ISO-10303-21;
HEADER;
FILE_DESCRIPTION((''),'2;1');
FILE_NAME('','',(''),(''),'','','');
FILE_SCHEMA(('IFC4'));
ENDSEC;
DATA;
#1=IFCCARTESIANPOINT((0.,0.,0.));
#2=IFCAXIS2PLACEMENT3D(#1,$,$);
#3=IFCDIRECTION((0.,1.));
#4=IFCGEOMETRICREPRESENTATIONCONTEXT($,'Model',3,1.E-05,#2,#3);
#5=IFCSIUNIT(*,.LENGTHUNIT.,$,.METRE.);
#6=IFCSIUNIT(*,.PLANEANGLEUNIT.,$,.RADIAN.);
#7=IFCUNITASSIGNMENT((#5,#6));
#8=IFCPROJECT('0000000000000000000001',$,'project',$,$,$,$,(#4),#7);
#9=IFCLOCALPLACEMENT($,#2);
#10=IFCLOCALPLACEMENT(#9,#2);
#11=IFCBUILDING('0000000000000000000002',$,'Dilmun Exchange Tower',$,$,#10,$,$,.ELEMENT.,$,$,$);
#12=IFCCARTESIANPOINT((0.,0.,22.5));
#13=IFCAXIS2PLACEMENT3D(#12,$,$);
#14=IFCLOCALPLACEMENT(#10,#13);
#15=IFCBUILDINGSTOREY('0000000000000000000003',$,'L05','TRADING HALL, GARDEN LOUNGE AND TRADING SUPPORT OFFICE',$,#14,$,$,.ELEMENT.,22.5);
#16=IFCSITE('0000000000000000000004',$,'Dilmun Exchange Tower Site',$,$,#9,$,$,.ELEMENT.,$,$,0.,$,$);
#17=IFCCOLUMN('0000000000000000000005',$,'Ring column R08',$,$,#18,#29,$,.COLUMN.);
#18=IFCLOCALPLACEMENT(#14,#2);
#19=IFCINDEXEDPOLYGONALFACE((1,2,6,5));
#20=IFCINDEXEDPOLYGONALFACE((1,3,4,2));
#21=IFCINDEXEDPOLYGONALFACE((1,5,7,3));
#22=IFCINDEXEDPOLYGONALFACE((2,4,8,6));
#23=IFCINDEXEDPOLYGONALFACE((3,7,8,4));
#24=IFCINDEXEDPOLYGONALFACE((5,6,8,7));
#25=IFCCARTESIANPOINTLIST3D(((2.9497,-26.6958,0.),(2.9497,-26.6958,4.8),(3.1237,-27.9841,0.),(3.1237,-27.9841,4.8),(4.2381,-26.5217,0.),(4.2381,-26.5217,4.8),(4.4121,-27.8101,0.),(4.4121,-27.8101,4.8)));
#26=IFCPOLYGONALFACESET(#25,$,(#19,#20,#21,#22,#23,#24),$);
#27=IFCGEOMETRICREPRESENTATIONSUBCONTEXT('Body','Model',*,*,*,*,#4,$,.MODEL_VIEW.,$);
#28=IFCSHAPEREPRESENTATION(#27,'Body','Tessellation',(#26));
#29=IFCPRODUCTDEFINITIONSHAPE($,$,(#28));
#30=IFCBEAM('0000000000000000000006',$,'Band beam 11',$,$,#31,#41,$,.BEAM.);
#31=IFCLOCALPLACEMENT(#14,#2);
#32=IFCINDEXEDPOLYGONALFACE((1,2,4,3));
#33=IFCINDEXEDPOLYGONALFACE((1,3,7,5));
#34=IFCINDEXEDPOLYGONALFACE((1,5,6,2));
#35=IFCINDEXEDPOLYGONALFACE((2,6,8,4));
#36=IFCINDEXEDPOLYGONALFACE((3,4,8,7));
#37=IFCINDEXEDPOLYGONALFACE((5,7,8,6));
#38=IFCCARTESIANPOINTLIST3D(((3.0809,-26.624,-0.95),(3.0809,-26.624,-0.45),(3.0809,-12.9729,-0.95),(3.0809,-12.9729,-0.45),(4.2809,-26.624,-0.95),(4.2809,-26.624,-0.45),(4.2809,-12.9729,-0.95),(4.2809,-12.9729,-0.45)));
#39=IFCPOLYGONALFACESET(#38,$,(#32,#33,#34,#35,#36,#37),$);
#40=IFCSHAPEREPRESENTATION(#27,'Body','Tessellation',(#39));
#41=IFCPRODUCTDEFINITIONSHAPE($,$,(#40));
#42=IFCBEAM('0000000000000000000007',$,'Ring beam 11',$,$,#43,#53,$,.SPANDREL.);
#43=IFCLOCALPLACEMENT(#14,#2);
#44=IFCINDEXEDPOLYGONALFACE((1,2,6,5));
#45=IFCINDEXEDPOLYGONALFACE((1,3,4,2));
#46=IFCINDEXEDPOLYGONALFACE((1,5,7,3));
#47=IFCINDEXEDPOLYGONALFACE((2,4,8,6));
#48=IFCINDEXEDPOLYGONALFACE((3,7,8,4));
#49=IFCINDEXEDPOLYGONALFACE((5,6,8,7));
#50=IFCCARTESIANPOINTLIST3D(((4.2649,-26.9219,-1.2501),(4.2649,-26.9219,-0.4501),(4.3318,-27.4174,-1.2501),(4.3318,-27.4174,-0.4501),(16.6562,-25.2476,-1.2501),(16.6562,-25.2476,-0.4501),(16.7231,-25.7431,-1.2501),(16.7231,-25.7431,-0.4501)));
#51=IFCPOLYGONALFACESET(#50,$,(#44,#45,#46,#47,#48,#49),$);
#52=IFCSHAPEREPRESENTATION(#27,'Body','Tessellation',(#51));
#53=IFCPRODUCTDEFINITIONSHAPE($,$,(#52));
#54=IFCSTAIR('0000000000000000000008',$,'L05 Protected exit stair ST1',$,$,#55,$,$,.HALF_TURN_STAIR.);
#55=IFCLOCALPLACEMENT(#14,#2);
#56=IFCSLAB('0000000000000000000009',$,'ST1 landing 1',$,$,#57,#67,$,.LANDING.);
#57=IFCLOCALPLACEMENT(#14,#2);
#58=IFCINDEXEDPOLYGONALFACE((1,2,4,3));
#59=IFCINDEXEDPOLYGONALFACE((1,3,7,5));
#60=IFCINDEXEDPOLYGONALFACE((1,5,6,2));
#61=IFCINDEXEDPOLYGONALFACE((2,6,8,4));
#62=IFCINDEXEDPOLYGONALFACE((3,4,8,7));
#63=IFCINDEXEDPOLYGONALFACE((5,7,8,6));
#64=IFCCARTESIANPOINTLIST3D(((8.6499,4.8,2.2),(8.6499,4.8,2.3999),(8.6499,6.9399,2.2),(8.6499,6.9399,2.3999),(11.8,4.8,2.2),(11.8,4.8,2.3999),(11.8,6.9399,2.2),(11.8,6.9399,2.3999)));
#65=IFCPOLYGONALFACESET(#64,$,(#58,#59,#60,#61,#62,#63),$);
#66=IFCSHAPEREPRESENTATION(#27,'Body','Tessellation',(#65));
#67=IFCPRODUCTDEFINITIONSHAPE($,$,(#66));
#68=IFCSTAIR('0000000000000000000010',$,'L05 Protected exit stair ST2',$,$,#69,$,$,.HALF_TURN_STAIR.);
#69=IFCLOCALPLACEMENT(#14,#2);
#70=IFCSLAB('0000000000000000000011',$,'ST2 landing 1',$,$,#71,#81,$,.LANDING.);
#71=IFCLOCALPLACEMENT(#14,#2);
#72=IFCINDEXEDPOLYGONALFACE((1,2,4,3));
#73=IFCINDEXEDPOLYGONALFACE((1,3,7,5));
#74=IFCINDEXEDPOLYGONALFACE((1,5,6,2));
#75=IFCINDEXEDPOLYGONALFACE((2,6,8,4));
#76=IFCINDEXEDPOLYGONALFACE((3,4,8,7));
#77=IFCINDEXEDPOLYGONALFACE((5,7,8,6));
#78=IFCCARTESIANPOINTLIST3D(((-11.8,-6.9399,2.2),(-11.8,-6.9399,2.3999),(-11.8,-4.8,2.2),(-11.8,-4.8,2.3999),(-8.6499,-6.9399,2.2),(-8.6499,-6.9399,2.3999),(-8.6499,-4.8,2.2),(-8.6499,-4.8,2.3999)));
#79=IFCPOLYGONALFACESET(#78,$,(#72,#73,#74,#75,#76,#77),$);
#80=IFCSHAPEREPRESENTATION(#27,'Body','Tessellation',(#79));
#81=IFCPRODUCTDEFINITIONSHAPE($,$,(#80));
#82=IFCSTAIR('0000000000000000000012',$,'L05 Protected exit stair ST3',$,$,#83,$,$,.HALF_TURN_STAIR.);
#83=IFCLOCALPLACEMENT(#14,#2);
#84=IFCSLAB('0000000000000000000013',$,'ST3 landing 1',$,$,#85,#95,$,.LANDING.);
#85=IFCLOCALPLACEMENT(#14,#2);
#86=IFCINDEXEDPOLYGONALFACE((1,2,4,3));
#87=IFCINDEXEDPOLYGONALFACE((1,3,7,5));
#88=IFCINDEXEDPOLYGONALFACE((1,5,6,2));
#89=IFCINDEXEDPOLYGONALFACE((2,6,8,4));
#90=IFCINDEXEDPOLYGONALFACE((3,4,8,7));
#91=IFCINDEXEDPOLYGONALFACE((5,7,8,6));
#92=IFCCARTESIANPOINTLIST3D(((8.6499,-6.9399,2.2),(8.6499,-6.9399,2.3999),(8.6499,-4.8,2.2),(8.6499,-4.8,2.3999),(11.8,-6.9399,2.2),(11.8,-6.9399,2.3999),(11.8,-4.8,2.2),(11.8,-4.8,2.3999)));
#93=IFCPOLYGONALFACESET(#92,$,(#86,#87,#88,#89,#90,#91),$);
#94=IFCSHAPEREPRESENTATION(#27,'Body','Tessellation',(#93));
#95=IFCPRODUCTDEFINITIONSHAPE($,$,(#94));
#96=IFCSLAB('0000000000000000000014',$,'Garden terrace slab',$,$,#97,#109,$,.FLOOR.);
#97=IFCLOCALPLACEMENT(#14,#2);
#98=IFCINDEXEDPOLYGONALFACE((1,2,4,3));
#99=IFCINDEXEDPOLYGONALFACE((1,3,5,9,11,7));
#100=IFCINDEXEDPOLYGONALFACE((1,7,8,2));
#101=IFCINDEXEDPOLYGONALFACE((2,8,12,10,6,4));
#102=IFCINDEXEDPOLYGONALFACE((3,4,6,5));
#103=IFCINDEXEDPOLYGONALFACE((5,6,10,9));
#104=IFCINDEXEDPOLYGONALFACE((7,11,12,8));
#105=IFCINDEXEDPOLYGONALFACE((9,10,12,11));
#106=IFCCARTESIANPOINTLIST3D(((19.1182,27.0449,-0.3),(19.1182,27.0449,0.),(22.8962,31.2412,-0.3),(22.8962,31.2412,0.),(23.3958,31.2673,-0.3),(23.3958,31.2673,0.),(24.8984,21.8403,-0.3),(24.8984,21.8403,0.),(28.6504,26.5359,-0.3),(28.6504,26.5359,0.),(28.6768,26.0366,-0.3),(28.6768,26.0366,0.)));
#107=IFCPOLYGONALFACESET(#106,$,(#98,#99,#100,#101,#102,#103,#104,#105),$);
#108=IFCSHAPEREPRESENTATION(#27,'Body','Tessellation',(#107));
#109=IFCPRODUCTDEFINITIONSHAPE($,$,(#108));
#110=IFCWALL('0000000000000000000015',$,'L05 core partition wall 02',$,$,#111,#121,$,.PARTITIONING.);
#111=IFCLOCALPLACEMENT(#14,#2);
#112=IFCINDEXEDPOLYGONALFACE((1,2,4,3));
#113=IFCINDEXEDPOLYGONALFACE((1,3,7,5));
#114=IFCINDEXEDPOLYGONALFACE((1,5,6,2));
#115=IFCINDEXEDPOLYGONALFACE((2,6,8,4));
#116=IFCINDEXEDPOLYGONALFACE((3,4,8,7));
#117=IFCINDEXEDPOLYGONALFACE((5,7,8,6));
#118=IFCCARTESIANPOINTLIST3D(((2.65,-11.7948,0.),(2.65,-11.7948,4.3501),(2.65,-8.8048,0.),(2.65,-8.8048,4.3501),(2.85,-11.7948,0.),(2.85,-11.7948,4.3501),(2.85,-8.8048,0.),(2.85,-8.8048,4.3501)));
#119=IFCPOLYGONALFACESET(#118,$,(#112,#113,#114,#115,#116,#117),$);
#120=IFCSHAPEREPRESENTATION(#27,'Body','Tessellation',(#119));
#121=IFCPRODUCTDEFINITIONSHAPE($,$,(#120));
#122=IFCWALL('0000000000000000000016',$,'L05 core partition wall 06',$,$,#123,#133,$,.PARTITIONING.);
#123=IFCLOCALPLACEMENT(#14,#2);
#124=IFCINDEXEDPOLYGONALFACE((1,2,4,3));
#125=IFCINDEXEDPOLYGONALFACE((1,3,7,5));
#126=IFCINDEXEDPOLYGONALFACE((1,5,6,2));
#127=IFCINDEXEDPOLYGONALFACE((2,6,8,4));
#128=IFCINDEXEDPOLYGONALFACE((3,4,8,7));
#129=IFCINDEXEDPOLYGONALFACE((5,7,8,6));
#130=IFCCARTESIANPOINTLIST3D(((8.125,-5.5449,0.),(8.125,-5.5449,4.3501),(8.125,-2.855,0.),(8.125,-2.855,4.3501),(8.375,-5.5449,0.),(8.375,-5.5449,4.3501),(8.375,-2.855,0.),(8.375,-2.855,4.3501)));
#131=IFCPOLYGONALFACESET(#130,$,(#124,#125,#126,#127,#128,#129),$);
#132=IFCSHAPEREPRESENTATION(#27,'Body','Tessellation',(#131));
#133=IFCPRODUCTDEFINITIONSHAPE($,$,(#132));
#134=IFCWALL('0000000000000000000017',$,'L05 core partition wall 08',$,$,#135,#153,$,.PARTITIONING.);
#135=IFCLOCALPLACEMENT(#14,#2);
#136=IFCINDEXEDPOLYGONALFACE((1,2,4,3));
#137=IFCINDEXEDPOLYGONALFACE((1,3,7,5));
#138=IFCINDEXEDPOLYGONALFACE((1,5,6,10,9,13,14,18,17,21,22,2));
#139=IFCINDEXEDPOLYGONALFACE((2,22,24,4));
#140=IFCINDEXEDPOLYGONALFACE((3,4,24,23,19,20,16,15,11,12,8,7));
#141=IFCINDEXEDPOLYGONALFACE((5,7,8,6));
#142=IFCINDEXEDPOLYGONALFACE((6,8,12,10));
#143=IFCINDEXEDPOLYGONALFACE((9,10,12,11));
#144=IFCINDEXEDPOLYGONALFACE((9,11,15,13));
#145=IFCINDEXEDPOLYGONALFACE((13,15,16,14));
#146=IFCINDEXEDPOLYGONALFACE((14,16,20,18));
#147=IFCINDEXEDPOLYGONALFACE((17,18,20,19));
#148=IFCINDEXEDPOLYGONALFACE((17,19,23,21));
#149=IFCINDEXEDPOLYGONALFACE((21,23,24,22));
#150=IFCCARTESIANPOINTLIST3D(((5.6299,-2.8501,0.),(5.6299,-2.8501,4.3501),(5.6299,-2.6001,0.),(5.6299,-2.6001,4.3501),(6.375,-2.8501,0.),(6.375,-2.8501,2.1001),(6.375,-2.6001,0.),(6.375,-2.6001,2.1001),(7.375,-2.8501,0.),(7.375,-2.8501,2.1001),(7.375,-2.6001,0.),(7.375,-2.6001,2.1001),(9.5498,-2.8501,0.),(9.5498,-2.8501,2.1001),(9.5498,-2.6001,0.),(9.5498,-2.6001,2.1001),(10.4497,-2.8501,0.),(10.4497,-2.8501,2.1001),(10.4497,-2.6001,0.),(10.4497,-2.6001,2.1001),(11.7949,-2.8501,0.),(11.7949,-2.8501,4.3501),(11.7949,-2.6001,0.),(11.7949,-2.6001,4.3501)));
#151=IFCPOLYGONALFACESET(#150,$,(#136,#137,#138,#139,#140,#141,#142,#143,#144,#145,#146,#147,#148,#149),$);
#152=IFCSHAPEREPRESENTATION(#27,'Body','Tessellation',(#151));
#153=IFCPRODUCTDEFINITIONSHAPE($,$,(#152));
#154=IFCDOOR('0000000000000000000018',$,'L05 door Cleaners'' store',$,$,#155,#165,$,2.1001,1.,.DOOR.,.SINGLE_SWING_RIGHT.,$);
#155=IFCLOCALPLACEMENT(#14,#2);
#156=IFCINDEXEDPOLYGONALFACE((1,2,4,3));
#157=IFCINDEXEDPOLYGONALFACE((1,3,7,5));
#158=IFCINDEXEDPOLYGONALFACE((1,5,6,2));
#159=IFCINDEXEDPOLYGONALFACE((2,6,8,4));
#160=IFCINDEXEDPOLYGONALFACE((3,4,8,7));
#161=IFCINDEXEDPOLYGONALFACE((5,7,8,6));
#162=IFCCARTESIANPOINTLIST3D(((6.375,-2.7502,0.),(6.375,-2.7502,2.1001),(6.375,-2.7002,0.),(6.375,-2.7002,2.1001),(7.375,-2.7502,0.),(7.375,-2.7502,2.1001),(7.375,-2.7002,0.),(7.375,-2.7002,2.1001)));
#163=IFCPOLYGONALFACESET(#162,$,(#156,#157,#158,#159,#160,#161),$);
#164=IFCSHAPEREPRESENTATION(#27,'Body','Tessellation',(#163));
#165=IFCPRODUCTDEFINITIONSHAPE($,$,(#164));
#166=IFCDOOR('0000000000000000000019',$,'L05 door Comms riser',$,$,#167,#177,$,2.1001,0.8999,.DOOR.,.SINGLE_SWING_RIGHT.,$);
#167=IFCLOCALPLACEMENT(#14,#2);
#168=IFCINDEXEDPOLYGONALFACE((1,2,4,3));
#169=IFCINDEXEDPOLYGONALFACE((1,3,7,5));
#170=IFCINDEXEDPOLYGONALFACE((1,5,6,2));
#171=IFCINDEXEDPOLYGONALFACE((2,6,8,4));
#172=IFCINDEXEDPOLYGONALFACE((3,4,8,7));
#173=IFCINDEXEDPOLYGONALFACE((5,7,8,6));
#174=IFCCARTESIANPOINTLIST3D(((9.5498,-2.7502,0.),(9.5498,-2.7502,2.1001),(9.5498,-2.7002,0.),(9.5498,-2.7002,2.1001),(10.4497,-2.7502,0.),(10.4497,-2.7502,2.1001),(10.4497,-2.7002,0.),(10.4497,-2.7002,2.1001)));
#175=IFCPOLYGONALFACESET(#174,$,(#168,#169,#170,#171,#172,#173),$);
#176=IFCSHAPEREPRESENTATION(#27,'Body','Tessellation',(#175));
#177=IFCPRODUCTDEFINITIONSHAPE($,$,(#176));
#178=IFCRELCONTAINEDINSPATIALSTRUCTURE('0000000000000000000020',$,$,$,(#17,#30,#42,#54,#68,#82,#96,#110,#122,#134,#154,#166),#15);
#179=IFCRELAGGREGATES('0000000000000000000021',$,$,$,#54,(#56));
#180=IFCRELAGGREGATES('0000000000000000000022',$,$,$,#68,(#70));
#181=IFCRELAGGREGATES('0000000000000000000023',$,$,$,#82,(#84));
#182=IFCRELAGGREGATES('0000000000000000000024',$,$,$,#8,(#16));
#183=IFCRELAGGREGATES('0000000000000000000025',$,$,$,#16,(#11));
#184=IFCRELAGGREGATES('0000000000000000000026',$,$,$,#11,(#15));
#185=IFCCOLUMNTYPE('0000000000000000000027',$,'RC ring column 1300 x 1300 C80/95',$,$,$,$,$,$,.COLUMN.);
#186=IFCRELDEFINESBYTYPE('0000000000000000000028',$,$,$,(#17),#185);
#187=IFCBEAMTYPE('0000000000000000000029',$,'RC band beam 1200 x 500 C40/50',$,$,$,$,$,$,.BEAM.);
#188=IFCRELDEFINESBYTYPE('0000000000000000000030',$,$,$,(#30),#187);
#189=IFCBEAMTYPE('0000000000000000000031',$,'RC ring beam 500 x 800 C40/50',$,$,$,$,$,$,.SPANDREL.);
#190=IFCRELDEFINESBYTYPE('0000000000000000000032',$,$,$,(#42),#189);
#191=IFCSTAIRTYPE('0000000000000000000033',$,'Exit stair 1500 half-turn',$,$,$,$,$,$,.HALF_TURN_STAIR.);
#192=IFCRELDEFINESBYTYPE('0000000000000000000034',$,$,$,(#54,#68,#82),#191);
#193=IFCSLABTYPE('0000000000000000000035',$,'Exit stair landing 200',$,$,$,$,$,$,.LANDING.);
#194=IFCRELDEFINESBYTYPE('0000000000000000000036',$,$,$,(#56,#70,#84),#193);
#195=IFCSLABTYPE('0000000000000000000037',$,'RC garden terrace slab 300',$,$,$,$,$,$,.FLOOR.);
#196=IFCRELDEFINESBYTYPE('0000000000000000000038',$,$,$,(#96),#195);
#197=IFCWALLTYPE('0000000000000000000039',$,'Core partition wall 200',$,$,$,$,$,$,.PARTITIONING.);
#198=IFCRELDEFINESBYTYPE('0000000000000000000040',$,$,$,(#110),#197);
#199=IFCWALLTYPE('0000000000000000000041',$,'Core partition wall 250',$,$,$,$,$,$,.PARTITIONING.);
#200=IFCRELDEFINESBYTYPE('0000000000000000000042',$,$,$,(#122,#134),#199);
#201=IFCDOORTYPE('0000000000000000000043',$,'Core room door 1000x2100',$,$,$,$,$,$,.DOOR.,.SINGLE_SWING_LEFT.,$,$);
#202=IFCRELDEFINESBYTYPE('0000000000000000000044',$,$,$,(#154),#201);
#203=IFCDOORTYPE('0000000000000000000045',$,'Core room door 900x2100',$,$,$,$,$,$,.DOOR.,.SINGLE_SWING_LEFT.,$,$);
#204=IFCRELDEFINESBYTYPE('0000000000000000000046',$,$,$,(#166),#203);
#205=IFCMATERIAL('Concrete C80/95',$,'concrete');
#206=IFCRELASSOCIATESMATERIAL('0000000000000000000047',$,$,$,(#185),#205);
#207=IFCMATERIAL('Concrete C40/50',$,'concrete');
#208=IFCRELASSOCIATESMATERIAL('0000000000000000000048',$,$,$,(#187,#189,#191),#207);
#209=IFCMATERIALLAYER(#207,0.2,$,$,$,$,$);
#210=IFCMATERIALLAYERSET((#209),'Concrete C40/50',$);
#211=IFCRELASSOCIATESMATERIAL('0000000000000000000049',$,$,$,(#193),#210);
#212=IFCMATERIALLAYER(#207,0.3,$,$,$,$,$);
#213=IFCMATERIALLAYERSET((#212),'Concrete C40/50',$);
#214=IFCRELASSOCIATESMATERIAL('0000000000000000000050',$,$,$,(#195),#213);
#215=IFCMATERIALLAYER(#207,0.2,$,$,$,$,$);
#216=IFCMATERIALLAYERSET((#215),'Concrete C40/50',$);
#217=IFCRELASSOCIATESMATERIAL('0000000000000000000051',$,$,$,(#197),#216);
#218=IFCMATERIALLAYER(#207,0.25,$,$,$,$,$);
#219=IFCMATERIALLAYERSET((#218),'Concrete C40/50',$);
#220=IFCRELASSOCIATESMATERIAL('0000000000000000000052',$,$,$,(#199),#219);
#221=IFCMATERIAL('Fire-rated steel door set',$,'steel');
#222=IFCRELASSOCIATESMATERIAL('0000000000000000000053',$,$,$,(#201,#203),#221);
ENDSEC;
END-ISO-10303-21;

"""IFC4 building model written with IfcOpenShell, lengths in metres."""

from ifc_helpers import new_model, si_unit, direction, frame, frame_2d, origin, origin_2d, place, context, subcontext, project, spatial, polyline, rectangle, outline, extrude, material, layer, layer_set, material_profile, profile_set, type_object, element, fill, aggregate, save


model = new_model("IFC4")

# Units and contexts
model_context = context("Model", 3, precision=1e-05, world=origin(), true_north=direction((0.0, 1.0)))
body_context = subcontext(model_context, "Body", "Model", "MODEL_VIEW")
ifc_project = project(units=[si_unit("LENGTHUNIT", "METRE"), si_unit("PLANEANGLEUNIT", "RADIAN")], contexts=[model_context])

# Site, building, storey
site_placement = place(None, origin())
site = spatial("IfcSite", under=ifc_project, at=site_placement, Name="Dilmun Exchange Tower Site", CompositionType="ELEMENT", RefElevation=0.0)
building_placement = place(site_placement, origin())
building = spatial("IfcBuilding", under=site, at=building_placement, Name="Dilmun Exchange Tower", CompositionType="ELEMENT")
storey_placement = place(building_placement, frame((0.0, 0.0, 22.5)))
storey = spatial("IfcBuildingStorey", under=building, at=storey_placement, Name="L05", Description="TRADING HALL, GARDEN LOUNGE AND TRADING SUPPORT OFFICE", CompositionType="ELEMENT", Elevation=22.5)

# Column
ifc_material_1 = material(Name="Concrete C80/95", Category="concrete")
ifc_material_profile_1 = material_profile(ifc_material_1, rectangle(XDim=1.3, YDim=1.3, at=origin_2d()), Name="1300 x 1300")
ifc_profile_set_1 = profile_set([ifc_material_profile_1], Name="Concrete C80/95")
column_type = type_object("IfcColumnType", Name="RC ring column 1300 x 1300 C80/95", PredefinedType="COLUMN", material=ifc_profile_set_1)
column_placement = place(storey_placement, frame((3.6809, -27.2529, 0.0), z_axis=(0.0, 0.0, 1.0), x_axis=(0.991001, 0.133853, 0.0)))
element("IfcColumn", 1, at=column_placement, inside=storey, type_object=column_type, Name="Ring column R08", PredefinedType="COLUMN", context=body_context, shape_type="SweptSolid", body=[
    extrude(rectangle(XDim=1.3, YDim=1.3, at=origin_2d()), origin(), (0.0, 0.0, 1.0), 4.8),
])

# Beams
ifc_material_2 = material(Name="Concrete C40/50", Category="concrete")
ifc_material_profile_2 = material_profile(ifc_material_2, rectangle(XDim=1.2, YDim=0.5, at=origin_2d()), Name="1200 x 500")
ifc_profile_set_2 = profile_set([ifc_material_profile_2], Name="Concrete C40/50")
beam_type_1 = type_object("IfcBeamType", Name="RC band beam 1200 x 500 C40/50", PredefinedType="BEAM", material=ifc_profile_set_2)
beam_1_placement = place(storey_placement, frame((3.6809, -26.624, -0.7), z_axis=(0.0, 1.0, 0.0), x_axis=(-1.0, 0.0, 0.0)))
element("IfcBeam", 2, at=beam_1_placement, inside=storey, type_object=beam_type_1, Name="Band beam 11", PredefinedType="BEAM", context=body_context, shape_type="SweptSolid", body=[
    extrude(rectangle(XDim=1.2, YDim=0.5, at=origin_2d()), origin(), (0.0, 0.0, 1.0), 13.6511),
])
ifc_material_profile_3 = material_profile(ifc_material_2, rectangle(XDim=0.5, YDim=0.8, at=origin_2d()), Name="500 x 800")
ifc_profile_set_3 = profile_set([ifc_material_profile_3], Name="Concrete C40/50")
beam_type_2 = type_object("IfcBeamType", Name="RC ring beam 500 x 800 C40/50", PredefinedType="SPANDREL", material=ifc_profile_set_3)
beam_2_placement = place(storey_placement, frame((4.2983, -27.1697, -0.8501), z_axis=(0.990994, 0.133903, 0.0), x_axis=(-0.133903, 0.990994, 0.0)))
element("IfcBeam", 3, at=beam_2_placement, inside=storey, type_object=beam_type_2, Name="Ring beam 11", PredefinedType="SPANDREL", context=body_context, shape_type="SweptSolid", body=[
    extrude(rectangle(XDim=0.5, YDim=0.8, at=origin_2d()), origin(), (0.0, 0.0, 1.0), 12.5039),
])

# Stairs, slabs
stair_type = type_object("IfcStairType", Name="Exit stair 1500 half-turn", PredefinedType="HALF_TURN_STAIR", material=ifc_material_2)
stair_1_placement = place(storey_placement, origin())
stair_1 = element("IfcStair", 4, at=stair_1_placement, inside=storey, type_object=stair_type, Name="L05 Protected exit stair ST1", PredefinedType="HALF_TURN_STAIR")
ifc_layer_1 = layer(ifc_material_2, 0.2)
ifc_layer_set_1 = layer_set([ifc_layer_1], Name="Concrete C40/50")
slab_type_1 = type_object("IfcSlabType", Name="Exit stair landing 200", PredefinedType="LANDING", material=ifc_layer_set_1)
slab_1_placement = place(storey_placement, frame((0.0, 0.0, 2.2)))
slab_1 = element("IfcSlab", 5, at=slab_1_placement, type_object=slab_type_1, Name="ST1 landing 1", PredefinedType="LANDING", context=body_context, shape_type="SweptSolid", body=[
    extrude(outline(polyline([(8.6499, 6.9399), (8.6499, 4.8), (11.8, 4.8), (11.8, 6.9399), (8.6499, 6.9399)])), origin(), (0.0, 0.0, 1.0), 0.2),
])
aggregate(stair_1, [slab_1])
stair_2_placement = place(storey_placement, origin())
stair_2 = element("IfcStair", 6, at=stair_2_placement, inside=storey, type_object=stair_type, Name="L05 Protected exit stair ST2", PredefinedType="HALF_TURN_STAIR")
slab_2_placement = place(storey_placement, frame((0.0, 0.0, 2.2)))
slab_2 = element("IfcSlab", 7, at=slab_2_placement, type_object=slab_type_1, Name="ST2 landing 1", PredefinedType="LANDING", context=body_context, shape_type="SweptSolid", body=[
    extrude(outline(polyline([(-8.6499, -6.9399), (-8.6499, -4.8), (-11.8, -4.8), (-11.8, -6.9399), (-8.6499, -6.9399)])), origin(), (0.0, 0.0, 1.0), 0.2),
])
aggregate(stair_2, [slab_2])
stair_3_placement = place(storey_placement, origin())
stair_3 = element("IfcStair", 8, at=stair_3_placement, inside=storey, type_object=stair_type, Name="L05 Protected exit stair ST3", PredefinedType="HALF_TURN_STAIR")
slab_3_placement = place(storey_placement, frame((0.0, 0.0, 2.2)))
slab_3 = element("IfcSlab", 9, at=slab_3_placement, type_object=slab_type_1, Name="ST3 landing 1", PredefinedType="LANDING", context=body_context, shape_type="SweptSolid", body=[
    extrude(outline(polyline([(11.8, -6.9399), (11.8, -4.8), (8.6499, -4.8), (8.6499, -6.9399), (11.8, -6.9399)])), origin(), (0.0, 0.0, 1.0), 0.2),
])
aggregate(stair_3, [slab_3])

# Slab
ifc_layer_2 = layer(ifc_material_2, 0.3)
ifc_layer_set_2 = layer_set([ifc_layer_2], Name="Concrete C40/50")
slab_type_2 = type_object("IfcSlabType", Name="RC garden terrace slab 300", PredefinedType="FLOOR", material=ifc_layer_set_2)
slab_4_placement = place(storey_placement, frame((0.0, 0.0, -0.3)))
element("IfcSlab", 10, at=slab_4_placement, inside=storey, type_object=slab_type_2, Name="Garden terrace slab", PredefinedType="FLOOR", context=body_context, shape_type="SweptSolid", body=[
    extrude(outline(polyline([(19.1182, 27.0449), (22.8962, 31.2412), (23.3958, 31.2673), (28.6504, 26.5359), (28.6768, 26.0366), (24.8984, 21.8403), (19.1182, 27.0449)])), origin(), (0.0, 0.0, 1.0), 0.3),
])

# Wall
ifc_layer_3 = layer(ifc_material_2, 0.2)
ifc_layer_set_3 = layer_set([ifc_layer_3], Name="Concrete C40/50")
wall_type_1 = type_object("IfcWallType", Name="Core partition wall 200", PredefinedType="PARTITIONING", material=ifc_layer_set_3)
wall_1_placement = place(storey_placement, frame((2.75, -11.7949, 0.0), z_axis=(0.0, 0.0, 1.0), x_axis=(0.0, 1.0, 0.0)))
element("IfcWall", 11, at=wall_1_placement, inside=storey, type_object=wall_type_1, Name="L05 core partition wall 02", PredefinedType="PARTITIONING", context=body_context, shape_type="SweptSolid", body=[
    extrude(rectangle(XDim=2.99, YDim=0.2, at=frame_2d((1.4951, 0.0))), origin(), (0.0, 0.0, 1.0), 4.3501),
])

# Shared definitions
ifc_material_3 = material(Name="Fire-rated steel door set", Category="steel")

# Wall
ifc_layer_4 = layer(ifc_material_2, 0.25)
ifc_layer_set_4 = layer_set([ifc_layer_4], Name="Concrete C40/50")
wall_type_2 = type_object("IfcWallType", Name="Core partition wall 250", PredefinedType="PARTITIONING", material=ifc_layer_set_4)
wall_2_placement = place(storey_placement, frame((8.25, -5.5449, 0.0), z_axis=(0.0, 0.0, 1.0), x_axis=(0.0, 1.0, 0.0)))
element("IfcWall", 12, at=wall_2_placement, inside=storey, type_object=wall_type_2, Name="L05 core partition wall 06", PredefinedType="PARTITIONING", context=body_context, shape_type="SweptSolid", body=[
    extrude(rectangle(XDim=2.6899, YDim=0.25, at=frame_2d((1.345, 0.0))), origin(), (0.0, 0.0, 1.0), 4.3501),
])

# Wall, openings, doors
wall_3_placement = place(storey_placement, frame((5.6299, -2.7251, 0.0), z_axis=(0.0, 0.0, 1.0), x_axis=(1.0, 0.0, 0.0)))
wall_3 = element("IfcWall", 13, at=wall_3_placement, inside=storey, type_object=wall_type_2, Name="L05 core partition wall 08", PredefinedType="PARTITIONING", context=body_context, shape_type="SweptSolid", body=[
    extrude(rectangle(XDim=6.165, YDim=0.25, at=frame_2d((3.0825, 0.0))), origin(), (0.0, 0.0, 1.0), 4.3501),
])
opening_1_placement = place(wall_3_placement, frame((0.7451, 0.0, 0.0)))
opening_1 = element("IfcOpeningElement", 14, at=opening_1_placement, cuts=wall_3, PredefinedType="OPENING", context=body_context, shape_type="SweptSolid", body=[
    extrude(rectangle(XDim=1.0, YDim=2.1001, at=frame_2d((0.5, 1.05))), frame((0.0, 0.135, 0.0), z_axis=(0.0, -1.0, 0.0), x_axis=(1.0, 0.0, 0.0)), (0.0, 0.0, 1.0), 0.27),
])
opening_2_placement = place(wall_3_placement, frame((3.9199, 0.0, 0.0)))
opening_2 = element("IfcOpeningElement", 15, at=opening_2_placement, cuts=wall_3, PredefinedType="OPENING", context=body_context, shape_type="SweptSolid", body=[
    extrude(rectangle(XDim=0.8999, YDim=2.1001, at=frame_2d((0.45, 1.05))), frame((0.0, 0.135, 0.0), z_axis=(0.0, -1.0, 0.0), x_axis=(1.0, 0.0, 0.0)), (0.0, 0.0, 1.0), 0.27),
])
door_type_1 = type_object("IfcDoorType", Name="Core room door 1000x2100", OperationType="SINGLE_SWING_LEFT", PredefinedType="DOOR", material=ifc_material_3)
door_1_placement = place(opening_1_placement, origin())
door_1 = element("IfcDoor", 16, at=door_1_placement, inside=storey, type_object=door_type_1, Name="L05 door Cleaners' store", OperationType="SINGLE_SWING_RIGHT", OverallHeight=2.1001, OverallWidth=1.0, PredefinedType="DOOR", context=body_context, shape_type="SweptSolid", body=[
    extrude(rectangle(XDim=1.0, YDim=2.1001, at=frame_2d((0.5, 1.05))), frame((0.0, 0.0249, 0.0), z_axis=(0.0, -1.0, 0.0), x_axis=(1.0, 0.0, 0.0)), (0.0, 0.0, 1.0), 0.05),
])
fill(opening_1, door_1)
door_type_2 = type_object("IfcDoorType", Name="Core room door 900x2100", OperationType="SINGLE_SWING_LEFT", PredefinedType="DOOR", material=ifc_material_3)
door_2_placement = place(opening_2_placement, origin())
door_2 = element("IfcDoor", 17, at=door_2_placement, inside=storey, type_object=door_type_2, Name="L05 door Comms riser", OperationType="SINGLE_SWING_RIGHT", OverallHeight=2.1001, OverallWidth=0.8999, PredefinedType="DOOR", context=body_context, shape_type="SweptSolid", body=[
    extrude(rectangle(XDim=0.8999, YDim=2.1001, at=frame_2d((0.45, 1.05))), frame((0.0, 0.0249, 0.0), z_axis=(0.0, -1.0, 0.0), x_axis=(1.0, 0.0, 0.0)), (0.0, 0.0, 1.0), 0.05),
])
fill(opening_2, door_2)

save(model, "model.ifc")
